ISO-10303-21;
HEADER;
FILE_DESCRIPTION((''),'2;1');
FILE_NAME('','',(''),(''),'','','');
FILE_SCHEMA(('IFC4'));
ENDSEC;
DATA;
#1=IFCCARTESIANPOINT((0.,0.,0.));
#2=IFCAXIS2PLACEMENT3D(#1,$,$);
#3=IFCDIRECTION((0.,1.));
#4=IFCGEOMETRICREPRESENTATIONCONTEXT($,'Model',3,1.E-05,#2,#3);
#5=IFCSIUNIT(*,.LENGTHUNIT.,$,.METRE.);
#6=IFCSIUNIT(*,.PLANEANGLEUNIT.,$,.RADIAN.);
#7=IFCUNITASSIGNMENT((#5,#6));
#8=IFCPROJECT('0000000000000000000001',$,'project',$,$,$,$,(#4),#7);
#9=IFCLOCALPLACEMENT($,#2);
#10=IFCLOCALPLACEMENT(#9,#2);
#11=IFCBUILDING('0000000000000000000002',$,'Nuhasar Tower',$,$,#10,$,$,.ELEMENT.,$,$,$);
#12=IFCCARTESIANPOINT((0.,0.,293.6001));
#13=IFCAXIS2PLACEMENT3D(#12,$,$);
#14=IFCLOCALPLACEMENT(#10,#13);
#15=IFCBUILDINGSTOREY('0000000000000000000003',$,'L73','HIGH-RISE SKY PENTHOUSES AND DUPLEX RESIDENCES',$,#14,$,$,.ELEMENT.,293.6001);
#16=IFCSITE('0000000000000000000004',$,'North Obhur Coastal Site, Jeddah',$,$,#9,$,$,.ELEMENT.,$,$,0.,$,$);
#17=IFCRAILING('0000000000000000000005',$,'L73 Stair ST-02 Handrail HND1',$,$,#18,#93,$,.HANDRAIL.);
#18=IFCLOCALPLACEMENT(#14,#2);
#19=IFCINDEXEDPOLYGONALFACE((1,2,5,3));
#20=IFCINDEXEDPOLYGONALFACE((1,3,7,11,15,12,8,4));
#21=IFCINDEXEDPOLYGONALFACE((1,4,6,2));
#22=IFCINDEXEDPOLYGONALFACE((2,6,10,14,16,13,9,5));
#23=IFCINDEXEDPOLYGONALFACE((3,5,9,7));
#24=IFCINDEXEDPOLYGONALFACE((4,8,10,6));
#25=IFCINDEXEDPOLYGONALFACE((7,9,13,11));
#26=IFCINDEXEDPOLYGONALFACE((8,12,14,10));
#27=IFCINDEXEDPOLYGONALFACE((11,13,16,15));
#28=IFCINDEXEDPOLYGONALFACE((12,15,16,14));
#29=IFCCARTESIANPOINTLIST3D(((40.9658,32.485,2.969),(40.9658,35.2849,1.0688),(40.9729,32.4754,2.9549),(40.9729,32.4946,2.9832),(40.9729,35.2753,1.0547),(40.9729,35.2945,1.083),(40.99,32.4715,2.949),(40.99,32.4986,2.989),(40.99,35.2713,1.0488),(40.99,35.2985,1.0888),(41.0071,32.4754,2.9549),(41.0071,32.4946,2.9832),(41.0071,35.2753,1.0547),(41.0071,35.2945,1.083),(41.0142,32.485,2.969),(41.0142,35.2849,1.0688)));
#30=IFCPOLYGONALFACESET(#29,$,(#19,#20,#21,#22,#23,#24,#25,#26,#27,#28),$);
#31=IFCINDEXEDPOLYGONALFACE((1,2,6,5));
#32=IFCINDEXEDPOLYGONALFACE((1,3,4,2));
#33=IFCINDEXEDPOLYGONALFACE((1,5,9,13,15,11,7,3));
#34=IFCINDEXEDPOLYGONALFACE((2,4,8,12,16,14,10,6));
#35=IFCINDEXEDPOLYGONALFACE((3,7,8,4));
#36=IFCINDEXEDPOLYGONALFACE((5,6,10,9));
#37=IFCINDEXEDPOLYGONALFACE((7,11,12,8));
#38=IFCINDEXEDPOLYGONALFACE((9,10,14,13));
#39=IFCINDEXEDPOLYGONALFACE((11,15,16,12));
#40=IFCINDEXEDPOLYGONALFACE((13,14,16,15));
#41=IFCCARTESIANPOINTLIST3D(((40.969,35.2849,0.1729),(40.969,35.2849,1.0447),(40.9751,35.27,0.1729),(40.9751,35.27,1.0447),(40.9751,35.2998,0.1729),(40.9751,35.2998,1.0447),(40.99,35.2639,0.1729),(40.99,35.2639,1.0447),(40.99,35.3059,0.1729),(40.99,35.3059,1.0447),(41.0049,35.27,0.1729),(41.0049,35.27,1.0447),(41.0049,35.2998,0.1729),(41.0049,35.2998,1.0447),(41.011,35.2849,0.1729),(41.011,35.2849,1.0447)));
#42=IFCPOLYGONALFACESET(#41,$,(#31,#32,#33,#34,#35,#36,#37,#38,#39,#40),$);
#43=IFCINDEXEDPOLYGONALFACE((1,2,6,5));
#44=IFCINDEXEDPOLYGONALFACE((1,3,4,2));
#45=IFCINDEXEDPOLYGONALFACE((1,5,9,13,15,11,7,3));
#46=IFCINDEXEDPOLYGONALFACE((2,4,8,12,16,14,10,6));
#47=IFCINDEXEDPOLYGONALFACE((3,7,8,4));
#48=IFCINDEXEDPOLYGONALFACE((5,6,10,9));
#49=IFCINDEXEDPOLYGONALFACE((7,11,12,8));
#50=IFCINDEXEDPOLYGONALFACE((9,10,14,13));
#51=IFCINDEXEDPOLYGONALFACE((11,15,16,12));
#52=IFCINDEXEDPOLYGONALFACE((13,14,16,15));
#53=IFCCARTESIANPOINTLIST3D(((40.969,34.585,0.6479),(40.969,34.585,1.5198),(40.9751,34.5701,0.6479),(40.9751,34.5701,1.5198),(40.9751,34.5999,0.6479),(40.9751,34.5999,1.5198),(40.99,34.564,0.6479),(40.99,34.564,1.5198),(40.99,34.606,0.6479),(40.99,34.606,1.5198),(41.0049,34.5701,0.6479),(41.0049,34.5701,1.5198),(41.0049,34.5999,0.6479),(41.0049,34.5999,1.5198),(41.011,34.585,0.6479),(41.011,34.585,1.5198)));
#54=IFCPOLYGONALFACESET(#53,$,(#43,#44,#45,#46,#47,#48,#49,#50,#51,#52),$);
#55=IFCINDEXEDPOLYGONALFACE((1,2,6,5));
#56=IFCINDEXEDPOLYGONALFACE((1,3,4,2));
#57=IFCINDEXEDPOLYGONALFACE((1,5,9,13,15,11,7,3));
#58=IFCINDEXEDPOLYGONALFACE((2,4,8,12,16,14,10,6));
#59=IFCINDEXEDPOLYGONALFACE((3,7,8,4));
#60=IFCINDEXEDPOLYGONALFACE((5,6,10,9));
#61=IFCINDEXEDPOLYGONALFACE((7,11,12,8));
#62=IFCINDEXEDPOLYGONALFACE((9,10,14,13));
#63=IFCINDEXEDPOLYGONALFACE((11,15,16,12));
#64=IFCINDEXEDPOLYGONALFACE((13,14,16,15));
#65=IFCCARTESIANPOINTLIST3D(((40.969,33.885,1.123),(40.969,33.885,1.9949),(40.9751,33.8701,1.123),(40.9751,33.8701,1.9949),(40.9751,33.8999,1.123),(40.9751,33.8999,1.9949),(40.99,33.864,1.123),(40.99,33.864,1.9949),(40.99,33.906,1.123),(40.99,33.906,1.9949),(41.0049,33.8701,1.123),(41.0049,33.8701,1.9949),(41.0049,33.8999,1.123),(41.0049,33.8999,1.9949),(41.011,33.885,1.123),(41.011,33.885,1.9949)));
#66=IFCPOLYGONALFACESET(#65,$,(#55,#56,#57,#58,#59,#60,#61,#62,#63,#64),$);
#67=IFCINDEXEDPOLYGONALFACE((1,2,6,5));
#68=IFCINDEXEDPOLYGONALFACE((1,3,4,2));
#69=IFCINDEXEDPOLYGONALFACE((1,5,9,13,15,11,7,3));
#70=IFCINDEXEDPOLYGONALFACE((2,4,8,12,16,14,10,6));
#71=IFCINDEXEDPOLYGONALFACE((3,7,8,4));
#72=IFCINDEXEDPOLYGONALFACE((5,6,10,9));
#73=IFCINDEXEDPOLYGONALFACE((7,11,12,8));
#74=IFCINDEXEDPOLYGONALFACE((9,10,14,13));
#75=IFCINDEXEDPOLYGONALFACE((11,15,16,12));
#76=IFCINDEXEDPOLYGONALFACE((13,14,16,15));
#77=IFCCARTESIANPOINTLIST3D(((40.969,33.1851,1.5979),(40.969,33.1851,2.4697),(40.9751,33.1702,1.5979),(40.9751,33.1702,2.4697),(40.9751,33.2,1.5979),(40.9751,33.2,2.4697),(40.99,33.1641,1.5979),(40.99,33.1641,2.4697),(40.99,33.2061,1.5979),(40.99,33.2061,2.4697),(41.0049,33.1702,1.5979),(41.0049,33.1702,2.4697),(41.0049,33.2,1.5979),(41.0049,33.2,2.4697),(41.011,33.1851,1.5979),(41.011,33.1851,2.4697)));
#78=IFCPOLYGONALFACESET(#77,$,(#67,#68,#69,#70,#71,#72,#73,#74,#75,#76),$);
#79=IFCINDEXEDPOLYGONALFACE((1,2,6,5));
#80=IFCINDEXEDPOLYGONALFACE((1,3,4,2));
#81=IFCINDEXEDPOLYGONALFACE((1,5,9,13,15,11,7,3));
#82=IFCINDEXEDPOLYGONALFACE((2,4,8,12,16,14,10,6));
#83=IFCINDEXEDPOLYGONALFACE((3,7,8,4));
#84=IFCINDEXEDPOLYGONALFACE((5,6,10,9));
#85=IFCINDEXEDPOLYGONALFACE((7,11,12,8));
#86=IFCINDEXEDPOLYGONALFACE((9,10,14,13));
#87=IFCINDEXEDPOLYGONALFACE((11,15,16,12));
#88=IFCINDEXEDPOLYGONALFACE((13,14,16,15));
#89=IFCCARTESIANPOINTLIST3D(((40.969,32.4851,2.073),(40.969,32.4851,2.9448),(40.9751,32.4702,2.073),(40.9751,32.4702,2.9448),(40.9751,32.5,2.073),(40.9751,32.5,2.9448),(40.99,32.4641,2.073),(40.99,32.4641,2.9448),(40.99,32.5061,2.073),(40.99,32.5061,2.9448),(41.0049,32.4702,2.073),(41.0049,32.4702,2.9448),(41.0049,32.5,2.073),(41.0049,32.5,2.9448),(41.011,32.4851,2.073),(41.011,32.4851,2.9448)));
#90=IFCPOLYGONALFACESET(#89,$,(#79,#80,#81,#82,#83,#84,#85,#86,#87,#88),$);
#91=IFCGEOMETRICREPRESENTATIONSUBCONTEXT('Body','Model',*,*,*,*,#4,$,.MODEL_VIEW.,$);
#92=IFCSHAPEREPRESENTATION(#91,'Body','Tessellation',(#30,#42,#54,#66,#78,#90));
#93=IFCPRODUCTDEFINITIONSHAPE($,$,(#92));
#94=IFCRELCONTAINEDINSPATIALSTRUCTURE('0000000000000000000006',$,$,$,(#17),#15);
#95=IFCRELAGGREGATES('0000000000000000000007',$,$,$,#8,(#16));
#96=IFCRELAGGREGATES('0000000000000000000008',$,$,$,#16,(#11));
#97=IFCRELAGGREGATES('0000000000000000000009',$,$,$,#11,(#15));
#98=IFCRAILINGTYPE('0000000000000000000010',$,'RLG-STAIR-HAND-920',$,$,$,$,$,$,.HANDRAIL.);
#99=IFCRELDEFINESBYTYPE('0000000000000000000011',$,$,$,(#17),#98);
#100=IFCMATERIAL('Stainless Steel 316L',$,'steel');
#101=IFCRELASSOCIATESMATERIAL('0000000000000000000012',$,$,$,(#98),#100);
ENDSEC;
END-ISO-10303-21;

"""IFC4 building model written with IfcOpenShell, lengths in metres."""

from ifc_helpers import new_model, si_unit, direction, frame, origin, place, context, subcontext, project, spatial, polyline, outline, extrude, material, type_object, element, save


model = new_model("IFC4")

# Units and contexts
model_context = context("Model", 3, precision=1e-05, world=origin(), true_north=direction((0.0, 1.0)))
body_context = subcontext(model_context, "Body", "Model", "MODEL_VIEW")
ifc_project = project(units=[si_unit("LENGTHUNIT", "METRE"), si_unit("PLANEANGLEUNIT", "RADIAN")], contexts=[model_context])

# Site, building, storey
site_placement = place(None, origin())
site = spatial("IfcSite", under=ifc_project, at=site_placement, Name="North Obhur Coastal Site, Jeddah", CompositionType="ELEMENT", RefElevation=0.0)
building_placement = place(site_placement, origin())
building = spatial("IfcBuilding", under=site, at=building_placement, Name="Nuhasar Tower", CompositionType="ELEMENT")
storey_placement = place(building_placement, frame((0.0, 0.0, 293.6001)))
storey = spatial("IfcBuildingStorey", under=building, at=storey_placement, Name="L73", Description="HIGH-RISE SKY PENTHOUSES AND DUPLEX RESIDENCES", CompositionType="ELEMENT", Elevation=293.6001)

# Railing
ifc_material_1 = material(Name="Stainless Steel 316L", Category="steel")
railing_type_1 = type_object("IfcRailingType", Name="RLG-STAIR-HAND-920", PredefinedType="HANDRAIL", material=ifc_material_1)
railing_1_placement = place(storey_placement, frame((40.99, 35.2849, 0.1729)))
element("IfcRailing", 1, at=railing_1_placement, inside=storey, type_object=railing_type_1, Name="L73 Stair ST-02 Handrail HND1", PredefinedType="HANDRAIL", context=body_context, shape_type="SweptSolid", body=[
    extrude(outline(polyline([(0.0242, 0.0), (0.0171, 0.0171), (0.0, 0.0242), (-0.0171, 0.0171), (-0.0242, 0.0), (-0.0171, -0.0171), (0.0, -0.0242), (0.0171, -0.0171), (0.0242, 0.0)])), frame((0.0, 0.0, 0.896), z_axis=(0.0, -0.827437, 0.561558), x_axis=(1.0, 0.0, 0.0)), (0.0, 0.0, 1.0), 3.3838),
    extrude(outline(polyline([(0.021, 0.0), (0.0149, 0.0149), (0.0, 0.021), (-0.0149, 0.0149), (-0.021, 0.0), (-0.0149, -0.0149), (0.0, -0.021), (0.0149, -0.0149), (0.021, 0.0)])), origin(), (0.0, 0.0, 1.0), 0.8718),
    extrude(outline(polyline([(0.021, 0.0), (0.0149, 0.0149), (0.0, 0.021), (-0.0149, 0.0149), (-0.021, 0.0), (-0.0149, -0.0149), (0.0, -0.021), (0.0149, -0.0149), (0.021, 0.0)])), frame((0.0, -0.7, 0.4751)), (0.0, 0.0, 1.0), 0.8718),
    extrude(outline(polyline([(0.021, 0.0), (0.0149, 0.0149), (0.0, 0.021), (-0.0149, 0.0149), (-0.021, 0.0), (-0.0149, -0.0149), (0.0, -0.021), (0.0149, -0.0149), (0.021, 0.0)])), frame((0.0, -1.3999, 0.9502)), (0.0, 0.0, 1.0), 0.8718),
    extrude(outline(polyline([(0.021, 0.0), (0.0149, 0.0149), (0.0, 0.021), (-0.0149, 0.0149), (-0.021, 0.0), (-0.0149, -0.0149), (0.0, -0.021), (0.0149, -0.0149), (0.021, 0.0)])), frame((0.0, -2.0999, 1.425)), (0.0, 0.0, 1.0), 0.8718),
    extrude(outline(polyline([(0.021, 0.0), (0.0149, 0.0149), (0.0, 0.021), (-0.0149, 0.0149), (-0.021, 0.0), (-0.0149, -0.0149), (0.0, -0.021), (0.0149, -0.0149), (0.021, 0.0)])), frame((0.0, -2.7998, 1.9001)), (0.0, 0.0, 1.0), 0.8718),
])

save(model, "model.ifc")
